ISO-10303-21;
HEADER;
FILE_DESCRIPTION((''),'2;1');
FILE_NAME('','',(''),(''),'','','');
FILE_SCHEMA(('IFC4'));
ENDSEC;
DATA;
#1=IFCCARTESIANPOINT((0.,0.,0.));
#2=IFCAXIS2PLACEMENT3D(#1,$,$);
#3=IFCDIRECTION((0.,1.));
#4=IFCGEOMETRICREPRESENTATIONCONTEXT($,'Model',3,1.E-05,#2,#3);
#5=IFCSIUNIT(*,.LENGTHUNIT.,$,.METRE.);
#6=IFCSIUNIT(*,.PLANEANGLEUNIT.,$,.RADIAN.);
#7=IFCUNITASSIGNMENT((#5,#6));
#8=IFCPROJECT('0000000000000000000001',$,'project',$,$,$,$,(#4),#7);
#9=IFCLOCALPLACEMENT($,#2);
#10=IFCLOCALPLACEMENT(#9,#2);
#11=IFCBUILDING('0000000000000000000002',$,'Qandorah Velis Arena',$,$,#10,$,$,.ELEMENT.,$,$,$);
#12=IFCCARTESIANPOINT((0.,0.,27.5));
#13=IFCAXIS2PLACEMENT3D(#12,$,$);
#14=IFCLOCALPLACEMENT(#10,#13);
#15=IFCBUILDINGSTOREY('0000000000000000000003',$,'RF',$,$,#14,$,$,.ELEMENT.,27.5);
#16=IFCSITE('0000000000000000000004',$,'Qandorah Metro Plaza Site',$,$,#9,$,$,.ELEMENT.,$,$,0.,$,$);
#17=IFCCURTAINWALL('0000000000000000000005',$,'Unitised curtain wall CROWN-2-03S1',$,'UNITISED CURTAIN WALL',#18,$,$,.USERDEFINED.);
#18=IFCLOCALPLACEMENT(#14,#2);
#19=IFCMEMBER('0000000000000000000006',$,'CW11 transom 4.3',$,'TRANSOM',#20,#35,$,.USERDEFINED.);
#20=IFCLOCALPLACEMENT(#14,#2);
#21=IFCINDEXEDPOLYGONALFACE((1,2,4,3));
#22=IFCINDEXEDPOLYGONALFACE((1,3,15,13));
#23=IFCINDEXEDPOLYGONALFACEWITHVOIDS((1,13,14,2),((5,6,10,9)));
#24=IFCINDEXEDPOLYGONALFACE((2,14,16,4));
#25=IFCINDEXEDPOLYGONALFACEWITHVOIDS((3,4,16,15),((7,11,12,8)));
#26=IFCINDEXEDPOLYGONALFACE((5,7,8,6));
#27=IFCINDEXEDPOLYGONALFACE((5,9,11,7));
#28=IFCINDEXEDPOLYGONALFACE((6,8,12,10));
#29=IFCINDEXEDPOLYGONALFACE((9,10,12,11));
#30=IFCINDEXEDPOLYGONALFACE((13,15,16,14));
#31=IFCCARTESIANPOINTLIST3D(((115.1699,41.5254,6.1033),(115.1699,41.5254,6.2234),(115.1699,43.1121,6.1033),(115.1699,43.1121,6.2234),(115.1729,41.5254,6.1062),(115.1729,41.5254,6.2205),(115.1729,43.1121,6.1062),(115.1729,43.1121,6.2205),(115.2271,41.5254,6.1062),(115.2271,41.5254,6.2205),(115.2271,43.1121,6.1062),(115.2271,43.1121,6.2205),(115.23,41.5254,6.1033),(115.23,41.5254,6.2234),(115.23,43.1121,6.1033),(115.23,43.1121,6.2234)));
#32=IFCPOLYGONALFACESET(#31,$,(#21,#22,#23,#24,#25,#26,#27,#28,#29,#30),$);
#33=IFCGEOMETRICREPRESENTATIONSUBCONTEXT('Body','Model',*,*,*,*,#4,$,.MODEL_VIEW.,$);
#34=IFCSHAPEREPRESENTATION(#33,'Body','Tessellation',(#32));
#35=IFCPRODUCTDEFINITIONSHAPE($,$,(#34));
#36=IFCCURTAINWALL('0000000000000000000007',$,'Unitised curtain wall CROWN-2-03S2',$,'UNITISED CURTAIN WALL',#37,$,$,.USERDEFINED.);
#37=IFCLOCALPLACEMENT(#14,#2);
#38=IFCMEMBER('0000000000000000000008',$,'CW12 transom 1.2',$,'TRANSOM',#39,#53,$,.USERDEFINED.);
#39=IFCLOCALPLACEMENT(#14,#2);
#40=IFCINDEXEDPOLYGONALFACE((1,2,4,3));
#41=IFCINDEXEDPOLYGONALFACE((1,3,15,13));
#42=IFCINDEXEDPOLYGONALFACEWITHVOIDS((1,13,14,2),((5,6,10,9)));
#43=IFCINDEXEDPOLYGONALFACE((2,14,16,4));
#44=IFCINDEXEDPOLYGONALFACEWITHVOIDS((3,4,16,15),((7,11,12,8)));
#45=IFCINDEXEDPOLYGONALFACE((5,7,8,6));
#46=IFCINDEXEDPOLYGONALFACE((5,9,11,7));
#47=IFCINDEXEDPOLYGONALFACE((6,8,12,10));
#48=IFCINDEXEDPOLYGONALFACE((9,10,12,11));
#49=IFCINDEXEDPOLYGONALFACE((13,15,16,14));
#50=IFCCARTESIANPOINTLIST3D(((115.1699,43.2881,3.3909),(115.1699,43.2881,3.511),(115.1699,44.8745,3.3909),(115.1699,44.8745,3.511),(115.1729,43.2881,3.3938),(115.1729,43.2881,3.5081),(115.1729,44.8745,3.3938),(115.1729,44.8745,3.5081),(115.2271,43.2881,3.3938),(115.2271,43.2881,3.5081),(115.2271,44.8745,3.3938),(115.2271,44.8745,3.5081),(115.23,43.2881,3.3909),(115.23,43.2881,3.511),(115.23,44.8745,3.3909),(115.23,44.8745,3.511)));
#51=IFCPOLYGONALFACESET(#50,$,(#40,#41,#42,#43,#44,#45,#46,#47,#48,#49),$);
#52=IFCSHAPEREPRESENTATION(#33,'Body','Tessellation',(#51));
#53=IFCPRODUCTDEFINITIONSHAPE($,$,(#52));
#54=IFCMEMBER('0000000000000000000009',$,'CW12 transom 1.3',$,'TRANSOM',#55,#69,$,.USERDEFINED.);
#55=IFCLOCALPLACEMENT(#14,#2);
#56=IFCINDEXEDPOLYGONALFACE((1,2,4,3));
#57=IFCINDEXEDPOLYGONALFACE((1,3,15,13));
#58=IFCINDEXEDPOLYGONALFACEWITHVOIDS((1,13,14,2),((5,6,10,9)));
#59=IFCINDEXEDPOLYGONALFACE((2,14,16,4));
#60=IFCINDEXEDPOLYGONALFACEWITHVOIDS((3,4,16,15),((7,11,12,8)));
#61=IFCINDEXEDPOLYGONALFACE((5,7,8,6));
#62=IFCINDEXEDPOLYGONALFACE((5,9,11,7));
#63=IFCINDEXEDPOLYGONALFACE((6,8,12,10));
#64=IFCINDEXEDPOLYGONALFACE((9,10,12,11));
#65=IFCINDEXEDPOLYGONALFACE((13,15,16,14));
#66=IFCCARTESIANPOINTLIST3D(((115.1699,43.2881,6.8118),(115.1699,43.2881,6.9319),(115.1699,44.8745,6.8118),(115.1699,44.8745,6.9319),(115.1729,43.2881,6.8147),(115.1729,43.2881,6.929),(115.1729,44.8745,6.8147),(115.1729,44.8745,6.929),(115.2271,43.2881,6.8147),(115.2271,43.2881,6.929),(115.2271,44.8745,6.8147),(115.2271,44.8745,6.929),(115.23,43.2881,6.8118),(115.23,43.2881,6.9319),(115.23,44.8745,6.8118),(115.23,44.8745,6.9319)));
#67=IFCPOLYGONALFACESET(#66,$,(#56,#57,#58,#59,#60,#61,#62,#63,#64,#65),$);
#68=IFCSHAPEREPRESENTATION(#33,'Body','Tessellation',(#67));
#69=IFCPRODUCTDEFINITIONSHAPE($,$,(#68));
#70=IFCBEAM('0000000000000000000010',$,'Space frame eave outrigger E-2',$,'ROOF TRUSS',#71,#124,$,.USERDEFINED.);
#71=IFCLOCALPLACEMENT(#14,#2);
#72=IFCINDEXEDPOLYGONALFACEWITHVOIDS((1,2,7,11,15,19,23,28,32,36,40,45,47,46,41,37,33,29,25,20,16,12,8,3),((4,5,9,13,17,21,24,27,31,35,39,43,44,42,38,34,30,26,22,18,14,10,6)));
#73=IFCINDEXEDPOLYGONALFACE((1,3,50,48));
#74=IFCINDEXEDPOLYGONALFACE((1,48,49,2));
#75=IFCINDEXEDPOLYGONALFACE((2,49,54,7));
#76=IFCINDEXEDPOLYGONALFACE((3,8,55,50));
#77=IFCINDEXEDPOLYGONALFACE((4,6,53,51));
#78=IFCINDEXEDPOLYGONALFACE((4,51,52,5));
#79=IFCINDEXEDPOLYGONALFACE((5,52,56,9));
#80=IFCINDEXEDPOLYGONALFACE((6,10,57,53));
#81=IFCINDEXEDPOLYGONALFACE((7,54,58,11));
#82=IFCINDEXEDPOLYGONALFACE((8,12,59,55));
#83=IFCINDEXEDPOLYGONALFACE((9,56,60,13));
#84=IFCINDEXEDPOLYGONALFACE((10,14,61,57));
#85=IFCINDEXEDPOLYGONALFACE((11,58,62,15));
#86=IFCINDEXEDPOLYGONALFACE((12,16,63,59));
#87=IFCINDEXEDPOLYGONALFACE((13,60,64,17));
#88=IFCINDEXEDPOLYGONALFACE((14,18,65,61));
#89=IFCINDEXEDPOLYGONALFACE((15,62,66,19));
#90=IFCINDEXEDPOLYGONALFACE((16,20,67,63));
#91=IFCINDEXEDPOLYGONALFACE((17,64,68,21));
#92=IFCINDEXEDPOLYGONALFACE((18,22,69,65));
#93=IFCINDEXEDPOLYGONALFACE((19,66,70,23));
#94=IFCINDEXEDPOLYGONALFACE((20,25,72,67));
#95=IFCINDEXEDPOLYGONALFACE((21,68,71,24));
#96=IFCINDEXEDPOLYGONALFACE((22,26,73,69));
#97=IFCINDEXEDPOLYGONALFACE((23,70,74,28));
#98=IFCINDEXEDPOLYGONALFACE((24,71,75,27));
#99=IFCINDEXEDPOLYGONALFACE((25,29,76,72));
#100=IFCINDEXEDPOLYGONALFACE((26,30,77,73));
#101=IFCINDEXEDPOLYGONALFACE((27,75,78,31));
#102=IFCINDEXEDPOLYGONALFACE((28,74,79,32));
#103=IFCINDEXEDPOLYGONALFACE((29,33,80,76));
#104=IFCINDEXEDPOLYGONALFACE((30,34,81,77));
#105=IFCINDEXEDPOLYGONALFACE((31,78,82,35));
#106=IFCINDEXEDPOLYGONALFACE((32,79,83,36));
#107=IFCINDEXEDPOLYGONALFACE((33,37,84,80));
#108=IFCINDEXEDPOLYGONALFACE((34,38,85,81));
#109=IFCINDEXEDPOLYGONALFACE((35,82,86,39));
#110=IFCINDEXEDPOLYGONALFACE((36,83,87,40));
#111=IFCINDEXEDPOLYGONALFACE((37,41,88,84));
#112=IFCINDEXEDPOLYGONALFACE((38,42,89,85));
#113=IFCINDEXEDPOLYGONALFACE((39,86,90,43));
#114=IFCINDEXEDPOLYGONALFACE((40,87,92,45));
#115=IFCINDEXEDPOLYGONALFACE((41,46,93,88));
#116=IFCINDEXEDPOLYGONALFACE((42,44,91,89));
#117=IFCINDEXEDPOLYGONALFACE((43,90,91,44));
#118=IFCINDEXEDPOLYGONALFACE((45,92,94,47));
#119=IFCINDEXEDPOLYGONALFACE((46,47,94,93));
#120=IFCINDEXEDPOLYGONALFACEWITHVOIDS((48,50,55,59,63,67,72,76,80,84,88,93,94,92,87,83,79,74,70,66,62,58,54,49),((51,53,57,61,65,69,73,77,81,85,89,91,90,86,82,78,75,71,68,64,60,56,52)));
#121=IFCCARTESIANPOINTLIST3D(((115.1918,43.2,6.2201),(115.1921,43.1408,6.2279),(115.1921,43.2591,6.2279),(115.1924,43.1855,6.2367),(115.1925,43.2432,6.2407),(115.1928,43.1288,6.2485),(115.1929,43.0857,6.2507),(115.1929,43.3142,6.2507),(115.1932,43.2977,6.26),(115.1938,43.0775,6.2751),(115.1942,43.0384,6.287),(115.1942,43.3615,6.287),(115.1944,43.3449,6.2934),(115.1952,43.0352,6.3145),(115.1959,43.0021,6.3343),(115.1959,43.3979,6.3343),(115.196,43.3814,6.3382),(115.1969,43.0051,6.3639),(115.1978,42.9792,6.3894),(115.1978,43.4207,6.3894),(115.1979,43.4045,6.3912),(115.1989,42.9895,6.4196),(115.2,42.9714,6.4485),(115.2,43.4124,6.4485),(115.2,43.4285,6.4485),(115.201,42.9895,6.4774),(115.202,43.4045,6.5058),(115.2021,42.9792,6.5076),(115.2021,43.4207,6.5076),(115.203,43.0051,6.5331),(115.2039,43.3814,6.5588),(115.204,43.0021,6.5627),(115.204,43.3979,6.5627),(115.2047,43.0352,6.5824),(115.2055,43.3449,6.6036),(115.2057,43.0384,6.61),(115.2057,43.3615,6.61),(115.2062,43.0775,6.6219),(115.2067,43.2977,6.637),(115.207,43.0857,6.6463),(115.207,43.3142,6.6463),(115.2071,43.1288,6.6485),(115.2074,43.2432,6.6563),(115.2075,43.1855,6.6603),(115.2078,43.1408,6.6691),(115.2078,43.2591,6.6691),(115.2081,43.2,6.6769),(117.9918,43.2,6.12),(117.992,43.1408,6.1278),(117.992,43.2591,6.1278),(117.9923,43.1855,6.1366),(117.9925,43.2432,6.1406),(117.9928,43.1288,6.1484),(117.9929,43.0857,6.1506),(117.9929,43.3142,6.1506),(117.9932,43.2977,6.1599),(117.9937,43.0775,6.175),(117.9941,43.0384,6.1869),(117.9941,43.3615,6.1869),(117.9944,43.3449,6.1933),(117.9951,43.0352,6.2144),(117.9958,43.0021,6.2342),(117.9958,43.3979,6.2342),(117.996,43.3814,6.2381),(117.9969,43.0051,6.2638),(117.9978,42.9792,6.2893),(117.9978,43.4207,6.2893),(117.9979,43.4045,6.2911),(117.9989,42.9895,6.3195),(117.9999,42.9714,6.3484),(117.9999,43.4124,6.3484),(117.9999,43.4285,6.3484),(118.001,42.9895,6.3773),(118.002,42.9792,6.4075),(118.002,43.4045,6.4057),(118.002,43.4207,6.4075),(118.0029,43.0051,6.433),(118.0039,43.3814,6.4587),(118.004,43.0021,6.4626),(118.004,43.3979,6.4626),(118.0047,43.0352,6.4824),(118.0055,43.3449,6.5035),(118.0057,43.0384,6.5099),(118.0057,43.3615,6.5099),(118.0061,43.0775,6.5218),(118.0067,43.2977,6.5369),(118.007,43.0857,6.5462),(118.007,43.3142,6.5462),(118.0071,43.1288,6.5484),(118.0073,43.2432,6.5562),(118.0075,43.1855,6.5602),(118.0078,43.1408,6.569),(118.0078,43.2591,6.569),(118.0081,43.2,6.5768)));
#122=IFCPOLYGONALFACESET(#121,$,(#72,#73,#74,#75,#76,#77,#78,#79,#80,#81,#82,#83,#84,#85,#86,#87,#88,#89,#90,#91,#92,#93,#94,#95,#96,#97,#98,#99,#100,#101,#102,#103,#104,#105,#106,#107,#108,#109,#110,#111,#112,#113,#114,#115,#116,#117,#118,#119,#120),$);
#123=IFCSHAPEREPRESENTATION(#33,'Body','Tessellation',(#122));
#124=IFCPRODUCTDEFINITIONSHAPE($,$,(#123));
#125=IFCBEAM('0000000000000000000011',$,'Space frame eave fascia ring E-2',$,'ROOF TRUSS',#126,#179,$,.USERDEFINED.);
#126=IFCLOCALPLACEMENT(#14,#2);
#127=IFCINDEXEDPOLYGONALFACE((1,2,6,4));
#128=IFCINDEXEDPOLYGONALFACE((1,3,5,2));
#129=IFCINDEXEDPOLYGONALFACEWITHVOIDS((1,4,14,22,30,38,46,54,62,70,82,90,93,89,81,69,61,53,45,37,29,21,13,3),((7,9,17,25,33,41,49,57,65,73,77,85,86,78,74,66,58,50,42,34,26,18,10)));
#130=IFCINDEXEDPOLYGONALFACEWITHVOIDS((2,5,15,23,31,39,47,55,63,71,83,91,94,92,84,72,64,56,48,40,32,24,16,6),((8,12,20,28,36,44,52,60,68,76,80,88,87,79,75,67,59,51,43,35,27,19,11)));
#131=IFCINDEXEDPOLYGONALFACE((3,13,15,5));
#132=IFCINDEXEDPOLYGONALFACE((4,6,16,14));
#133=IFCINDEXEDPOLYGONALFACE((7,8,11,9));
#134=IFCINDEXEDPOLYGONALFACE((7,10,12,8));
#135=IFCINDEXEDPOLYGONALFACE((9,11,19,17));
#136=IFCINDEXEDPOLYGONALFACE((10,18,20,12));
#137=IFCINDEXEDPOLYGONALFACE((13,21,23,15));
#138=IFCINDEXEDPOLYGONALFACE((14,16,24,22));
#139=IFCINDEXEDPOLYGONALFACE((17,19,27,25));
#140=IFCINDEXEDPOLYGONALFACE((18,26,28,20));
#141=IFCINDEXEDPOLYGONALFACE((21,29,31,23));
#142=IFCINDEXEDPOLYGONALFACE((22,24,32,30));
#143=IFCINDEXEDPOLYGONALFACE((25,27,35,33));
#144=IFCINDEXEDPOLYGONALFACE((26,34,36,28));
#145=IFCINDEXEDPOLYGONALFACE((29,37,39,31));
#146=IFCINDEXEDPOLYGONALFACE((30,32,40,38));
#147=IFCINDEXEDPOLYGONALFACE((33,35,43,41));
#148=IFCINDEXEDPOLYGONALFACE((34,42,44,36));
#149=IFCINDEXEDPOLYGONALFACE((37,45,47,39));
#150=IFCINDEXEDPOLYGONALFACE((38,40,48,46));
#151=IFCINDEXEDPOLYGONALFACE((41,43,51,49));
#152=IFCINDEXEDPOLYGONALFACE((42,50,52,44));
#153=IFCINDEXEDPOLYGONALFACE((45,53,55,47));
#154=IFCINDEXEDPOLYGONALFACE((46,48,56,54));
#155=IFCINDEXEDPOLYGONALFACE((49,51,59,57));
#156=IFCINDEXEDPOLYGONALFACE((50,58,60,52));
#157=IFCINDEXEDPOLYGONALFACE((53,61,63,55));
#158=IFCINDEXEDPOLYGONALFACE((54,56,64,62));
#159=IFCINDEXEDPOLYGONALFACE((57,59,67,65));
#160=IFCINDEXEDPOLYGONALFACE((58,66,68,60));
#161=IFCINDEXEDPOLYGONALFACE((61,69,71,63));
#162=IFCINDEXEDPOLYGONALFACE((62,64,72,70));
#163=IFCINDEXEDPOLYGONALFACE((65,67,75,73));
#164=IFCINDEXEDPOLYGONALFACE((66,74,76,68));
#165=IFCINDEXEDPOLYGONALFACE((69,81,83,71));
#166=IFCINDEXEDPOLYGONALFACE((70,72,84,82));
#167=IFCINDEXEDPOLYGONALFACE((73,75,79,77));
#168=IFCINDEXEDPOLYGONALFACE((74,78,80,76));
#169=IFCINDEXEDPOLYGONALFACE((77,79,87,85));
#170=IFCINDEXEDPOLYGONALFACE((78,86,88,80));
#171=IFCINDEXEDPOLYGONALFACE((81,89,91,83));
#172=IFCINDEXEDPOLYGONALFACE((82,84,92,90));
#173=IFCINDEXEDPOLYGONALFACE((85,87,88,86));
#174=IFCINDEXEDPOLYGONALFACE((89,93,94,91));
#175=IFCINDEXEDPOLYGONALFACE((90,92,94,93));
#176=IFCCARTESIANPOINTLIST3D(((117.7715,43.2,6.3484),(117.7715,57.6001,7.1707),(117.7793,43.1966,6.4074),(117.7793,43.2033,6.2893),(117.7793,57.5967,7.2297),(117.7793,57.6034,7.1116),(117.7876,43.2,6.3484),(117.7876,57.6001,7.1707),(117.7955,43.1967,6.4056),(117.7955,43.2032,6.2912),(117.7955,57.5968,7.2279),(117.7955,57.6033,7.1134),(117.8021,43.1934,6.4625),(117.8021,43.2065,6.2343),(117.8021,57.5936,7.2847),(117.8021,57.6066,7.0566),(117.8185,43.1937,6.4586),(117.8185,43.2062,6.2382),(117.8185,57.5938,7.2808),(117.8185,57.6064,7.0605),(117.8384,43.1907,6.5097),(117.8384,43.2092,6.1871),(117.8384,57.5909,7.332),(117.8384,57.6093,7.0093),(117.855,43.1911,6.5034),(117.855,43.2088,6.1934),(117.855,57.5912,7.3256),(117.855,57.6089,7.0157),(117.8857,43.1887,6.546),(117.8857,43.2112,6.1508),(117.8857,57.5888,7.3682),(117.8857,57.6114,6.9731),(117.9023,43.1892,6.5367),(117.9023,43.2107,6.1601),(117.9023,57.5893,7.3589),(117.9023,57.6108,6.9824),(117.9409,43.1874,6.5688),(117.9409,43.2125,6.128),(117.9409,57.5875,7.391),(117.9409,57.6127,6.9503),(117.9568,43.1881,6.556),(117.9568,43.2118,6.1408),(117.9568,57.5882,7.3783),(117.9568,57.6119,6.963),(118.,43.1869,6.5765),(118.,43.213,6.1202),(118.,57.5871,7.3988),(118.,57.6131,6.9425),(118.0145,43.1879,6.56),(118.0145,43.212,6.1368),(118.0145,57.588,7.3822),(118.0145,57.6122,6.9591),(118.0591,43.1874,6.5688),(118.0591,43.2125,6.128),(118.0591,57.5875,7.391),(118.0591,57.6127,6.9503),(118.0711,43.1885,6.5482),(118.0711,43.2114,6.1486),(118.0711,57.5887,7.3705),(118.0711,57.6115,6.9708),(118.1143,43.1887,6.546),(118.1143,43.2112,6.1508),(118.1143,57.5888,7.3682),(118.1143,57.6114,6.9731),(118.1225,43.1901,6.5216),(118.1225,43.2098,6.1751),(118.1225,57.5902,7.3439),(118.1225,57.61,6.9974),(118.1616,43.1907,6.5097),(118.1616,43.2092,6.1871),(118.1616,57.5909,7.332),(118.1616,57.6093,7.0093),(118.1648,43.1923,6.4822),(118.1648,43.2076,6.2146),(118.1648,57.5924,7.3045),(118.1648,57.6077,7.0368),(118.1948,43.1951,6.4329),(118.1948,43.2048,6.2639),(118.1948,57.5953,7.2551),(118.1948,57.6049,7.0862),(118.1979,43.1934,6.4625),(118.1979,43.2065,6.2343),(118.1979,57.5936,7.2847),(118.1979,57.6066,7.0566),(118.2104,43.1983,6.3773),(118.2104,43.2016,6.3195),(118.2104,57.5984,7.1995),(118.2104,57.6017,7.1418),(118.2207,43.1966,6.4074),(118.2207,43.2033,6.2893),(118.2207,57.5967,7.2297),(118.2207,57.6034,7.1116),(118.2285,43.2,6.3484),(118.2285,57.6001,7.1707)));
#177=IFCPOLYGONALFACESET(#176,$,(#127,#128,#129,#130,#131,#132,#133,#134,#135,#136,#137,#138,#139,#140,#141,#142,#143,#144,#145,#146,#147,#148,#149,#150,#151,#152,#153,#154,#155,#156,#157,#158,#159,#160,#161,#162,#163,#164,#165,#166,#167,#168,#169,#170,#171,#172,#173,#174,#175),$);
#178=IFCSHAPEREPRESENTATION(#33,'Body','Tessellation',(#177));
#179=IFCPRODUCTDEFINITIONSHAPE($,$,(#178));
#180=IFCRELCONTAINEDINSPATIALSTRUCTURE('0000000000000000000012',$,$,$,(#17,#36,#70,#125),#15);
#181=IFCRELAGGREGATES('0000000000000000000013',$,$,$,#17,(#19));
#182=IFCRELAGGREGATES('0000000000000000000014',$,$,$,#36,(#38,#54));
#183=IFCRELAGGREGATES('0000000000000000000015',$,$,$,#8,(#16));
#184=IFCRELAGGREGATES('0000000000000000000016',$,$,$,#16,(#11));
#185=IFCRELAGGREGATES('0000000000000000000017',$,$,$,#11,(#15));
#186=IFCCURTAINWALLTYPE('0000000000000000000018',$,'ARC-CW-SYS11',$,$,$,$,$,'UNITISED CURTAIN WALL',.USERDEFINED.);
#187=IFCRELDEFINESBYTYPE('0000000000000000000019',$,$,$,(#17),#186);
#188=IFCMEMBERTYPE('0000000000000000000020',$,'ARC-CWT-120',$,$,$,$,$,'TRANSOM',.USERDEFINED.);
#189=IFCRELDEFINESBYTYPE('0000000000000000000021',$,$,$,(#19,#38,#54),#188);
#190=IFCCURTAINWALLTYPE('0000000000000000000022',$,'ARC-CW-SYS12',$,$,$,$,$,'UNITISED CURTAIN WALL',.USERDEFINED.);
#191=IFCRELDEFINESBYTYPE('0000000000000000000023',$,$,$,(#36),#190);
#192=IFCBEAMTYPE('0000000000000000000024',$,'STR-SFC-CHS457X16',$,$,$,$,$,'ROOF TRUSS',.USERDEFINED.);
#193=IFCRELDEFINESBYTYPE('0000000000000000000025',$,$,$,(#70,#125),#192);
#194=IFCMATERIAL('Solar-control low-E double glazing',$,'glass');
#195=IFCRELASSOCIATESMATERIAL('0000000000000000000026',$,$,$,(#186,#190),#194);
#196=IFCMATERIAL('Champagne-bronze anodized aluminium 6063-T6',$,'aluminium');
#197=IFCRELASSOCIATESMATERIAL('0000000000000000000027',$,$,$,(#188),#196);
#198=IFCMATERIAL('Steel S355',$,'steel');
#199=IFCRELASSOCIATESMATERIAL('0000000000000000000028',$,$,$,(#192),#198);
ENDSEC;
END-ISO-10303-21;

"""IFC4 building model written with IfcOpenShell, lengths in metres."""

from ifc_helpers import new_model, si_unit, direction, frame, origin, origin_2d, place, context, subcontext, project, spatial, hollow_rectangle, hollow_circle, extrude, material, material_profile, profile_set, type_object, element, aggregate, save


model = new_model("IFC4")

# Units and contexts
model_context = context("Model", 3, precision=1e-05, world=origin(), true_north=direction((0.0, 1.0)))
body_context = subcontext(model_context, "Body", "Model", "MODEL_VIEW")
ifc_project = project(units=[si_unit("LENGTHUNIT", "METRE"), si_unit("PLANEANGLEUNIT", "RADIAN")], contexts=[model_context])

# Site, building, storey
site_placement = place(None, origin())
site = spatial("IfcSite", under=ifc_project, at=site_placement, Name="Qandorah Metro Plaza Site", CompositionType="ELEMENT", RefElevation=0.0)
building_placement = place(site_placement, origin())
building = spatial("IfcBuilding", under=site, at=building_placement, Name="Qandorah Velis Arena", CompositionType="ELEMENT")
storey_placement = place(building_placement, frame((0.0, 0.0, 27.5)))
storey = spatial("IfcBuildingStorey", under=building, at=storey_placement, Name="RF", CompositionType="ELEMENT", Elevation=27.5)

# Curtain walls, members
ifc_material_1 = material(Name="Solar-control low-E double glazing", Category="glass")
ifc_material_2 = material(Name="Champagne-bronze anodized aluminium 6063-T6", Category="aluminium")
curtain_wall_type_1 = type_object("IfcCurtainWallType", Name="ARC-CW-SYS11", ElementType="UNITISED CURTAIN WALL", PredefinedType="USERDEFINED", material=ifc_material_1)
curtain_wall_1_placement = place(storey_placement, origin())
curtain_wall_1 = element("IfcCurtainWall", 1, at=curtain_wall_1_placement, inside=storey, type_object=curtain_wall_type_1, Name="Unitised curtain wall CROWN-2-03S1", ObjectType="UNITISED CURTAIN WALL", PredefinedType="USERDEFINED")
ifc_material_profile_1 = material_profile(ifc_material_2, hollow_rectangle(XDim=0.0601, YDim=0.1201, WallThickness=0.0029, at=origin_2d()), Name="ALU TRANSOM 60x120")
ifc_profile_set_1 = profile_set([ifc_material_profile_1], Name="Champagne-bronze anodized aluminium 6063-T6")
member_type_1 = type_object("IfcMemberType", Name="ARC-CWT-120", ElementType="TRANSOM", PredefinedType="USERDEFINED", material=ifc_profile_set_1)
member_1_placement = place(storey_placement, frame((115.2, 41.5254, 6.1633), z_axis=(0.0, 1.0, 0.0), x_axis=(-1.0, 0.0, 0.0)))
member_1 = element("IfcMember", 2, at=member_1_placement, type_object=member_type_1, Name="CW11 transom 4.3", ObjectType="TRANSOM", PredefinedType="USERDEFINED", context=body_context, shape_type="SweptSolid", body=[
    extrude(hollow_rectangle(XDim=0.0601, YDim=0.1201, WallThickness=0.0029, at=origin_2d()), origin(), (0.0, 0.0, 1.0), 1.5867),
])
curtain_wall_type_2 = type_object("IfcCurtainWallType", Name="ARC-CW-SYS12", ElementType="UNITISED CURTAIN WALL", PredefinedType="USERDEFINED", material=ifc_material_1)
curtain_wall_2_placement = place(storey_placement, origin())
curtain_wall_2 = element("IfcCurtainWall", 3, at=curtain_wall_2_placement, inside=storey, type_object=curtain_wall_type_2, Name="Unitised curtain wall CROWN-2-03S2", ObjectType="UNITISED CURTAIN WALL", PredefinedType="USERDEFINED")
member_2_placement = place(storey_placement, frame((115.2, 43.2881, 3.4509), z_axis=(0.0, 1.0, 0.0), x_axis=(-1.0, 0.0, 0.0)))
member_2 = element("IfcMember", 4, at=member_2_placement, type_object=member_type_1, Name="CW12 transom 1.2", ObjectType="TRANSOM", PredefinedType="USERDEFINED", context=body_context, shape_type="SweptSolid", body=[
    extrude(hollow_rectangle(XDim=0.0601, YDim=0.1201, WallThickness=0.0029, at=origin_2d()), origin(), (0.0, 0.0, 1.0), 1.5864),
])
member_3_placement = place(storey_placement, frame((115.2, 43.2881, 6.8718), z_axis=(0.0, 1.0, 0.0), x_axis=(-1.0, 0.0, 0.0)))
member_3 = element("IfcMember", 5, at=member_3_placement, type_object=member_type_1, Name="CW12 transom 1.3", ObjectType="TRANSOM", PredefinedType="USERDEFINED", context=body_context, shape_type="SweptSolid", body=[
    extrude(hollow_rectangle(XDim=0.0601, YDim=0.1201, WallThickness=0.0029, at=origin_2d()), origin(), (0.0, 0.0, 1.0), 1.5864),
])

# Beams
ifc_material_3 = material(Name="Steel S355", Category="steel")
ifc_material_profile_2 = material_profile(ifc_material_3, hollow_circle(Radius=0.2285, WallThickness=0.0161, at=origin_2d()), Name="CHS 457x16")
ifc_profile_set_2 = profile_set([ifc_material_profile_2], Name="Steel S355")
beam_type_1 = type_object("IfcBeamType", Name="STR-SFC-CHS457X16", ElementType="ROOF TRUSS", PredefinedType="USERDEFINED", material=ifc_profile_set_2)
beam_1_placement = place(storey_placement, frame((115.2, 43.2, 6.4485), z_axis=(0.999362, 0.0, -0.035726), x_axis=(0.0, 1.0, 0.0)))
element("IfcBeam", 6, at=beam_1_placement, inside=storey, type_object=beam_type_1, Name="Space frame eave outrigger E-2", ObjectType="ROOF TRUSS", PredefinedType="USERDEFINED", context=body_context, shape_type="SweptSolid", body=[
    extrude(hollow_circle(Radius=0.2285, WallThickness=0.0161, at=origin_2d()), origin(), (0.0, 0.0, 1.0), 2.8018),
])
beam_2_placement = place(storey_placement, frame((118.0, 43.2, 6.3484), z_axis=(0.0, 0.998374, 0.057008), x_axis=(-1.0, 0.0, 0.0)))
element("IfcBeam", 7, at=beam_2_placement, inside=storey, type_object=beam_type_1, Name="Space frame eave fascia ring E-2", ObjectType="ROOF TRUSS", PredefinedType="USERDEFINED", context=body_context, shape_type="SweptSolid", body=[
    extrude(hollow_circle(Radius=0.2285, WallThickness=0.0161, at=origin_2d()), origin(), (0.0, 0.0, 1.0), 14.4236),
])

aggregate(curtain_wall_1, [member_1])
aggregate(curtain_wall_2, [member_2, member_3])

save(model, "model.ifc")
